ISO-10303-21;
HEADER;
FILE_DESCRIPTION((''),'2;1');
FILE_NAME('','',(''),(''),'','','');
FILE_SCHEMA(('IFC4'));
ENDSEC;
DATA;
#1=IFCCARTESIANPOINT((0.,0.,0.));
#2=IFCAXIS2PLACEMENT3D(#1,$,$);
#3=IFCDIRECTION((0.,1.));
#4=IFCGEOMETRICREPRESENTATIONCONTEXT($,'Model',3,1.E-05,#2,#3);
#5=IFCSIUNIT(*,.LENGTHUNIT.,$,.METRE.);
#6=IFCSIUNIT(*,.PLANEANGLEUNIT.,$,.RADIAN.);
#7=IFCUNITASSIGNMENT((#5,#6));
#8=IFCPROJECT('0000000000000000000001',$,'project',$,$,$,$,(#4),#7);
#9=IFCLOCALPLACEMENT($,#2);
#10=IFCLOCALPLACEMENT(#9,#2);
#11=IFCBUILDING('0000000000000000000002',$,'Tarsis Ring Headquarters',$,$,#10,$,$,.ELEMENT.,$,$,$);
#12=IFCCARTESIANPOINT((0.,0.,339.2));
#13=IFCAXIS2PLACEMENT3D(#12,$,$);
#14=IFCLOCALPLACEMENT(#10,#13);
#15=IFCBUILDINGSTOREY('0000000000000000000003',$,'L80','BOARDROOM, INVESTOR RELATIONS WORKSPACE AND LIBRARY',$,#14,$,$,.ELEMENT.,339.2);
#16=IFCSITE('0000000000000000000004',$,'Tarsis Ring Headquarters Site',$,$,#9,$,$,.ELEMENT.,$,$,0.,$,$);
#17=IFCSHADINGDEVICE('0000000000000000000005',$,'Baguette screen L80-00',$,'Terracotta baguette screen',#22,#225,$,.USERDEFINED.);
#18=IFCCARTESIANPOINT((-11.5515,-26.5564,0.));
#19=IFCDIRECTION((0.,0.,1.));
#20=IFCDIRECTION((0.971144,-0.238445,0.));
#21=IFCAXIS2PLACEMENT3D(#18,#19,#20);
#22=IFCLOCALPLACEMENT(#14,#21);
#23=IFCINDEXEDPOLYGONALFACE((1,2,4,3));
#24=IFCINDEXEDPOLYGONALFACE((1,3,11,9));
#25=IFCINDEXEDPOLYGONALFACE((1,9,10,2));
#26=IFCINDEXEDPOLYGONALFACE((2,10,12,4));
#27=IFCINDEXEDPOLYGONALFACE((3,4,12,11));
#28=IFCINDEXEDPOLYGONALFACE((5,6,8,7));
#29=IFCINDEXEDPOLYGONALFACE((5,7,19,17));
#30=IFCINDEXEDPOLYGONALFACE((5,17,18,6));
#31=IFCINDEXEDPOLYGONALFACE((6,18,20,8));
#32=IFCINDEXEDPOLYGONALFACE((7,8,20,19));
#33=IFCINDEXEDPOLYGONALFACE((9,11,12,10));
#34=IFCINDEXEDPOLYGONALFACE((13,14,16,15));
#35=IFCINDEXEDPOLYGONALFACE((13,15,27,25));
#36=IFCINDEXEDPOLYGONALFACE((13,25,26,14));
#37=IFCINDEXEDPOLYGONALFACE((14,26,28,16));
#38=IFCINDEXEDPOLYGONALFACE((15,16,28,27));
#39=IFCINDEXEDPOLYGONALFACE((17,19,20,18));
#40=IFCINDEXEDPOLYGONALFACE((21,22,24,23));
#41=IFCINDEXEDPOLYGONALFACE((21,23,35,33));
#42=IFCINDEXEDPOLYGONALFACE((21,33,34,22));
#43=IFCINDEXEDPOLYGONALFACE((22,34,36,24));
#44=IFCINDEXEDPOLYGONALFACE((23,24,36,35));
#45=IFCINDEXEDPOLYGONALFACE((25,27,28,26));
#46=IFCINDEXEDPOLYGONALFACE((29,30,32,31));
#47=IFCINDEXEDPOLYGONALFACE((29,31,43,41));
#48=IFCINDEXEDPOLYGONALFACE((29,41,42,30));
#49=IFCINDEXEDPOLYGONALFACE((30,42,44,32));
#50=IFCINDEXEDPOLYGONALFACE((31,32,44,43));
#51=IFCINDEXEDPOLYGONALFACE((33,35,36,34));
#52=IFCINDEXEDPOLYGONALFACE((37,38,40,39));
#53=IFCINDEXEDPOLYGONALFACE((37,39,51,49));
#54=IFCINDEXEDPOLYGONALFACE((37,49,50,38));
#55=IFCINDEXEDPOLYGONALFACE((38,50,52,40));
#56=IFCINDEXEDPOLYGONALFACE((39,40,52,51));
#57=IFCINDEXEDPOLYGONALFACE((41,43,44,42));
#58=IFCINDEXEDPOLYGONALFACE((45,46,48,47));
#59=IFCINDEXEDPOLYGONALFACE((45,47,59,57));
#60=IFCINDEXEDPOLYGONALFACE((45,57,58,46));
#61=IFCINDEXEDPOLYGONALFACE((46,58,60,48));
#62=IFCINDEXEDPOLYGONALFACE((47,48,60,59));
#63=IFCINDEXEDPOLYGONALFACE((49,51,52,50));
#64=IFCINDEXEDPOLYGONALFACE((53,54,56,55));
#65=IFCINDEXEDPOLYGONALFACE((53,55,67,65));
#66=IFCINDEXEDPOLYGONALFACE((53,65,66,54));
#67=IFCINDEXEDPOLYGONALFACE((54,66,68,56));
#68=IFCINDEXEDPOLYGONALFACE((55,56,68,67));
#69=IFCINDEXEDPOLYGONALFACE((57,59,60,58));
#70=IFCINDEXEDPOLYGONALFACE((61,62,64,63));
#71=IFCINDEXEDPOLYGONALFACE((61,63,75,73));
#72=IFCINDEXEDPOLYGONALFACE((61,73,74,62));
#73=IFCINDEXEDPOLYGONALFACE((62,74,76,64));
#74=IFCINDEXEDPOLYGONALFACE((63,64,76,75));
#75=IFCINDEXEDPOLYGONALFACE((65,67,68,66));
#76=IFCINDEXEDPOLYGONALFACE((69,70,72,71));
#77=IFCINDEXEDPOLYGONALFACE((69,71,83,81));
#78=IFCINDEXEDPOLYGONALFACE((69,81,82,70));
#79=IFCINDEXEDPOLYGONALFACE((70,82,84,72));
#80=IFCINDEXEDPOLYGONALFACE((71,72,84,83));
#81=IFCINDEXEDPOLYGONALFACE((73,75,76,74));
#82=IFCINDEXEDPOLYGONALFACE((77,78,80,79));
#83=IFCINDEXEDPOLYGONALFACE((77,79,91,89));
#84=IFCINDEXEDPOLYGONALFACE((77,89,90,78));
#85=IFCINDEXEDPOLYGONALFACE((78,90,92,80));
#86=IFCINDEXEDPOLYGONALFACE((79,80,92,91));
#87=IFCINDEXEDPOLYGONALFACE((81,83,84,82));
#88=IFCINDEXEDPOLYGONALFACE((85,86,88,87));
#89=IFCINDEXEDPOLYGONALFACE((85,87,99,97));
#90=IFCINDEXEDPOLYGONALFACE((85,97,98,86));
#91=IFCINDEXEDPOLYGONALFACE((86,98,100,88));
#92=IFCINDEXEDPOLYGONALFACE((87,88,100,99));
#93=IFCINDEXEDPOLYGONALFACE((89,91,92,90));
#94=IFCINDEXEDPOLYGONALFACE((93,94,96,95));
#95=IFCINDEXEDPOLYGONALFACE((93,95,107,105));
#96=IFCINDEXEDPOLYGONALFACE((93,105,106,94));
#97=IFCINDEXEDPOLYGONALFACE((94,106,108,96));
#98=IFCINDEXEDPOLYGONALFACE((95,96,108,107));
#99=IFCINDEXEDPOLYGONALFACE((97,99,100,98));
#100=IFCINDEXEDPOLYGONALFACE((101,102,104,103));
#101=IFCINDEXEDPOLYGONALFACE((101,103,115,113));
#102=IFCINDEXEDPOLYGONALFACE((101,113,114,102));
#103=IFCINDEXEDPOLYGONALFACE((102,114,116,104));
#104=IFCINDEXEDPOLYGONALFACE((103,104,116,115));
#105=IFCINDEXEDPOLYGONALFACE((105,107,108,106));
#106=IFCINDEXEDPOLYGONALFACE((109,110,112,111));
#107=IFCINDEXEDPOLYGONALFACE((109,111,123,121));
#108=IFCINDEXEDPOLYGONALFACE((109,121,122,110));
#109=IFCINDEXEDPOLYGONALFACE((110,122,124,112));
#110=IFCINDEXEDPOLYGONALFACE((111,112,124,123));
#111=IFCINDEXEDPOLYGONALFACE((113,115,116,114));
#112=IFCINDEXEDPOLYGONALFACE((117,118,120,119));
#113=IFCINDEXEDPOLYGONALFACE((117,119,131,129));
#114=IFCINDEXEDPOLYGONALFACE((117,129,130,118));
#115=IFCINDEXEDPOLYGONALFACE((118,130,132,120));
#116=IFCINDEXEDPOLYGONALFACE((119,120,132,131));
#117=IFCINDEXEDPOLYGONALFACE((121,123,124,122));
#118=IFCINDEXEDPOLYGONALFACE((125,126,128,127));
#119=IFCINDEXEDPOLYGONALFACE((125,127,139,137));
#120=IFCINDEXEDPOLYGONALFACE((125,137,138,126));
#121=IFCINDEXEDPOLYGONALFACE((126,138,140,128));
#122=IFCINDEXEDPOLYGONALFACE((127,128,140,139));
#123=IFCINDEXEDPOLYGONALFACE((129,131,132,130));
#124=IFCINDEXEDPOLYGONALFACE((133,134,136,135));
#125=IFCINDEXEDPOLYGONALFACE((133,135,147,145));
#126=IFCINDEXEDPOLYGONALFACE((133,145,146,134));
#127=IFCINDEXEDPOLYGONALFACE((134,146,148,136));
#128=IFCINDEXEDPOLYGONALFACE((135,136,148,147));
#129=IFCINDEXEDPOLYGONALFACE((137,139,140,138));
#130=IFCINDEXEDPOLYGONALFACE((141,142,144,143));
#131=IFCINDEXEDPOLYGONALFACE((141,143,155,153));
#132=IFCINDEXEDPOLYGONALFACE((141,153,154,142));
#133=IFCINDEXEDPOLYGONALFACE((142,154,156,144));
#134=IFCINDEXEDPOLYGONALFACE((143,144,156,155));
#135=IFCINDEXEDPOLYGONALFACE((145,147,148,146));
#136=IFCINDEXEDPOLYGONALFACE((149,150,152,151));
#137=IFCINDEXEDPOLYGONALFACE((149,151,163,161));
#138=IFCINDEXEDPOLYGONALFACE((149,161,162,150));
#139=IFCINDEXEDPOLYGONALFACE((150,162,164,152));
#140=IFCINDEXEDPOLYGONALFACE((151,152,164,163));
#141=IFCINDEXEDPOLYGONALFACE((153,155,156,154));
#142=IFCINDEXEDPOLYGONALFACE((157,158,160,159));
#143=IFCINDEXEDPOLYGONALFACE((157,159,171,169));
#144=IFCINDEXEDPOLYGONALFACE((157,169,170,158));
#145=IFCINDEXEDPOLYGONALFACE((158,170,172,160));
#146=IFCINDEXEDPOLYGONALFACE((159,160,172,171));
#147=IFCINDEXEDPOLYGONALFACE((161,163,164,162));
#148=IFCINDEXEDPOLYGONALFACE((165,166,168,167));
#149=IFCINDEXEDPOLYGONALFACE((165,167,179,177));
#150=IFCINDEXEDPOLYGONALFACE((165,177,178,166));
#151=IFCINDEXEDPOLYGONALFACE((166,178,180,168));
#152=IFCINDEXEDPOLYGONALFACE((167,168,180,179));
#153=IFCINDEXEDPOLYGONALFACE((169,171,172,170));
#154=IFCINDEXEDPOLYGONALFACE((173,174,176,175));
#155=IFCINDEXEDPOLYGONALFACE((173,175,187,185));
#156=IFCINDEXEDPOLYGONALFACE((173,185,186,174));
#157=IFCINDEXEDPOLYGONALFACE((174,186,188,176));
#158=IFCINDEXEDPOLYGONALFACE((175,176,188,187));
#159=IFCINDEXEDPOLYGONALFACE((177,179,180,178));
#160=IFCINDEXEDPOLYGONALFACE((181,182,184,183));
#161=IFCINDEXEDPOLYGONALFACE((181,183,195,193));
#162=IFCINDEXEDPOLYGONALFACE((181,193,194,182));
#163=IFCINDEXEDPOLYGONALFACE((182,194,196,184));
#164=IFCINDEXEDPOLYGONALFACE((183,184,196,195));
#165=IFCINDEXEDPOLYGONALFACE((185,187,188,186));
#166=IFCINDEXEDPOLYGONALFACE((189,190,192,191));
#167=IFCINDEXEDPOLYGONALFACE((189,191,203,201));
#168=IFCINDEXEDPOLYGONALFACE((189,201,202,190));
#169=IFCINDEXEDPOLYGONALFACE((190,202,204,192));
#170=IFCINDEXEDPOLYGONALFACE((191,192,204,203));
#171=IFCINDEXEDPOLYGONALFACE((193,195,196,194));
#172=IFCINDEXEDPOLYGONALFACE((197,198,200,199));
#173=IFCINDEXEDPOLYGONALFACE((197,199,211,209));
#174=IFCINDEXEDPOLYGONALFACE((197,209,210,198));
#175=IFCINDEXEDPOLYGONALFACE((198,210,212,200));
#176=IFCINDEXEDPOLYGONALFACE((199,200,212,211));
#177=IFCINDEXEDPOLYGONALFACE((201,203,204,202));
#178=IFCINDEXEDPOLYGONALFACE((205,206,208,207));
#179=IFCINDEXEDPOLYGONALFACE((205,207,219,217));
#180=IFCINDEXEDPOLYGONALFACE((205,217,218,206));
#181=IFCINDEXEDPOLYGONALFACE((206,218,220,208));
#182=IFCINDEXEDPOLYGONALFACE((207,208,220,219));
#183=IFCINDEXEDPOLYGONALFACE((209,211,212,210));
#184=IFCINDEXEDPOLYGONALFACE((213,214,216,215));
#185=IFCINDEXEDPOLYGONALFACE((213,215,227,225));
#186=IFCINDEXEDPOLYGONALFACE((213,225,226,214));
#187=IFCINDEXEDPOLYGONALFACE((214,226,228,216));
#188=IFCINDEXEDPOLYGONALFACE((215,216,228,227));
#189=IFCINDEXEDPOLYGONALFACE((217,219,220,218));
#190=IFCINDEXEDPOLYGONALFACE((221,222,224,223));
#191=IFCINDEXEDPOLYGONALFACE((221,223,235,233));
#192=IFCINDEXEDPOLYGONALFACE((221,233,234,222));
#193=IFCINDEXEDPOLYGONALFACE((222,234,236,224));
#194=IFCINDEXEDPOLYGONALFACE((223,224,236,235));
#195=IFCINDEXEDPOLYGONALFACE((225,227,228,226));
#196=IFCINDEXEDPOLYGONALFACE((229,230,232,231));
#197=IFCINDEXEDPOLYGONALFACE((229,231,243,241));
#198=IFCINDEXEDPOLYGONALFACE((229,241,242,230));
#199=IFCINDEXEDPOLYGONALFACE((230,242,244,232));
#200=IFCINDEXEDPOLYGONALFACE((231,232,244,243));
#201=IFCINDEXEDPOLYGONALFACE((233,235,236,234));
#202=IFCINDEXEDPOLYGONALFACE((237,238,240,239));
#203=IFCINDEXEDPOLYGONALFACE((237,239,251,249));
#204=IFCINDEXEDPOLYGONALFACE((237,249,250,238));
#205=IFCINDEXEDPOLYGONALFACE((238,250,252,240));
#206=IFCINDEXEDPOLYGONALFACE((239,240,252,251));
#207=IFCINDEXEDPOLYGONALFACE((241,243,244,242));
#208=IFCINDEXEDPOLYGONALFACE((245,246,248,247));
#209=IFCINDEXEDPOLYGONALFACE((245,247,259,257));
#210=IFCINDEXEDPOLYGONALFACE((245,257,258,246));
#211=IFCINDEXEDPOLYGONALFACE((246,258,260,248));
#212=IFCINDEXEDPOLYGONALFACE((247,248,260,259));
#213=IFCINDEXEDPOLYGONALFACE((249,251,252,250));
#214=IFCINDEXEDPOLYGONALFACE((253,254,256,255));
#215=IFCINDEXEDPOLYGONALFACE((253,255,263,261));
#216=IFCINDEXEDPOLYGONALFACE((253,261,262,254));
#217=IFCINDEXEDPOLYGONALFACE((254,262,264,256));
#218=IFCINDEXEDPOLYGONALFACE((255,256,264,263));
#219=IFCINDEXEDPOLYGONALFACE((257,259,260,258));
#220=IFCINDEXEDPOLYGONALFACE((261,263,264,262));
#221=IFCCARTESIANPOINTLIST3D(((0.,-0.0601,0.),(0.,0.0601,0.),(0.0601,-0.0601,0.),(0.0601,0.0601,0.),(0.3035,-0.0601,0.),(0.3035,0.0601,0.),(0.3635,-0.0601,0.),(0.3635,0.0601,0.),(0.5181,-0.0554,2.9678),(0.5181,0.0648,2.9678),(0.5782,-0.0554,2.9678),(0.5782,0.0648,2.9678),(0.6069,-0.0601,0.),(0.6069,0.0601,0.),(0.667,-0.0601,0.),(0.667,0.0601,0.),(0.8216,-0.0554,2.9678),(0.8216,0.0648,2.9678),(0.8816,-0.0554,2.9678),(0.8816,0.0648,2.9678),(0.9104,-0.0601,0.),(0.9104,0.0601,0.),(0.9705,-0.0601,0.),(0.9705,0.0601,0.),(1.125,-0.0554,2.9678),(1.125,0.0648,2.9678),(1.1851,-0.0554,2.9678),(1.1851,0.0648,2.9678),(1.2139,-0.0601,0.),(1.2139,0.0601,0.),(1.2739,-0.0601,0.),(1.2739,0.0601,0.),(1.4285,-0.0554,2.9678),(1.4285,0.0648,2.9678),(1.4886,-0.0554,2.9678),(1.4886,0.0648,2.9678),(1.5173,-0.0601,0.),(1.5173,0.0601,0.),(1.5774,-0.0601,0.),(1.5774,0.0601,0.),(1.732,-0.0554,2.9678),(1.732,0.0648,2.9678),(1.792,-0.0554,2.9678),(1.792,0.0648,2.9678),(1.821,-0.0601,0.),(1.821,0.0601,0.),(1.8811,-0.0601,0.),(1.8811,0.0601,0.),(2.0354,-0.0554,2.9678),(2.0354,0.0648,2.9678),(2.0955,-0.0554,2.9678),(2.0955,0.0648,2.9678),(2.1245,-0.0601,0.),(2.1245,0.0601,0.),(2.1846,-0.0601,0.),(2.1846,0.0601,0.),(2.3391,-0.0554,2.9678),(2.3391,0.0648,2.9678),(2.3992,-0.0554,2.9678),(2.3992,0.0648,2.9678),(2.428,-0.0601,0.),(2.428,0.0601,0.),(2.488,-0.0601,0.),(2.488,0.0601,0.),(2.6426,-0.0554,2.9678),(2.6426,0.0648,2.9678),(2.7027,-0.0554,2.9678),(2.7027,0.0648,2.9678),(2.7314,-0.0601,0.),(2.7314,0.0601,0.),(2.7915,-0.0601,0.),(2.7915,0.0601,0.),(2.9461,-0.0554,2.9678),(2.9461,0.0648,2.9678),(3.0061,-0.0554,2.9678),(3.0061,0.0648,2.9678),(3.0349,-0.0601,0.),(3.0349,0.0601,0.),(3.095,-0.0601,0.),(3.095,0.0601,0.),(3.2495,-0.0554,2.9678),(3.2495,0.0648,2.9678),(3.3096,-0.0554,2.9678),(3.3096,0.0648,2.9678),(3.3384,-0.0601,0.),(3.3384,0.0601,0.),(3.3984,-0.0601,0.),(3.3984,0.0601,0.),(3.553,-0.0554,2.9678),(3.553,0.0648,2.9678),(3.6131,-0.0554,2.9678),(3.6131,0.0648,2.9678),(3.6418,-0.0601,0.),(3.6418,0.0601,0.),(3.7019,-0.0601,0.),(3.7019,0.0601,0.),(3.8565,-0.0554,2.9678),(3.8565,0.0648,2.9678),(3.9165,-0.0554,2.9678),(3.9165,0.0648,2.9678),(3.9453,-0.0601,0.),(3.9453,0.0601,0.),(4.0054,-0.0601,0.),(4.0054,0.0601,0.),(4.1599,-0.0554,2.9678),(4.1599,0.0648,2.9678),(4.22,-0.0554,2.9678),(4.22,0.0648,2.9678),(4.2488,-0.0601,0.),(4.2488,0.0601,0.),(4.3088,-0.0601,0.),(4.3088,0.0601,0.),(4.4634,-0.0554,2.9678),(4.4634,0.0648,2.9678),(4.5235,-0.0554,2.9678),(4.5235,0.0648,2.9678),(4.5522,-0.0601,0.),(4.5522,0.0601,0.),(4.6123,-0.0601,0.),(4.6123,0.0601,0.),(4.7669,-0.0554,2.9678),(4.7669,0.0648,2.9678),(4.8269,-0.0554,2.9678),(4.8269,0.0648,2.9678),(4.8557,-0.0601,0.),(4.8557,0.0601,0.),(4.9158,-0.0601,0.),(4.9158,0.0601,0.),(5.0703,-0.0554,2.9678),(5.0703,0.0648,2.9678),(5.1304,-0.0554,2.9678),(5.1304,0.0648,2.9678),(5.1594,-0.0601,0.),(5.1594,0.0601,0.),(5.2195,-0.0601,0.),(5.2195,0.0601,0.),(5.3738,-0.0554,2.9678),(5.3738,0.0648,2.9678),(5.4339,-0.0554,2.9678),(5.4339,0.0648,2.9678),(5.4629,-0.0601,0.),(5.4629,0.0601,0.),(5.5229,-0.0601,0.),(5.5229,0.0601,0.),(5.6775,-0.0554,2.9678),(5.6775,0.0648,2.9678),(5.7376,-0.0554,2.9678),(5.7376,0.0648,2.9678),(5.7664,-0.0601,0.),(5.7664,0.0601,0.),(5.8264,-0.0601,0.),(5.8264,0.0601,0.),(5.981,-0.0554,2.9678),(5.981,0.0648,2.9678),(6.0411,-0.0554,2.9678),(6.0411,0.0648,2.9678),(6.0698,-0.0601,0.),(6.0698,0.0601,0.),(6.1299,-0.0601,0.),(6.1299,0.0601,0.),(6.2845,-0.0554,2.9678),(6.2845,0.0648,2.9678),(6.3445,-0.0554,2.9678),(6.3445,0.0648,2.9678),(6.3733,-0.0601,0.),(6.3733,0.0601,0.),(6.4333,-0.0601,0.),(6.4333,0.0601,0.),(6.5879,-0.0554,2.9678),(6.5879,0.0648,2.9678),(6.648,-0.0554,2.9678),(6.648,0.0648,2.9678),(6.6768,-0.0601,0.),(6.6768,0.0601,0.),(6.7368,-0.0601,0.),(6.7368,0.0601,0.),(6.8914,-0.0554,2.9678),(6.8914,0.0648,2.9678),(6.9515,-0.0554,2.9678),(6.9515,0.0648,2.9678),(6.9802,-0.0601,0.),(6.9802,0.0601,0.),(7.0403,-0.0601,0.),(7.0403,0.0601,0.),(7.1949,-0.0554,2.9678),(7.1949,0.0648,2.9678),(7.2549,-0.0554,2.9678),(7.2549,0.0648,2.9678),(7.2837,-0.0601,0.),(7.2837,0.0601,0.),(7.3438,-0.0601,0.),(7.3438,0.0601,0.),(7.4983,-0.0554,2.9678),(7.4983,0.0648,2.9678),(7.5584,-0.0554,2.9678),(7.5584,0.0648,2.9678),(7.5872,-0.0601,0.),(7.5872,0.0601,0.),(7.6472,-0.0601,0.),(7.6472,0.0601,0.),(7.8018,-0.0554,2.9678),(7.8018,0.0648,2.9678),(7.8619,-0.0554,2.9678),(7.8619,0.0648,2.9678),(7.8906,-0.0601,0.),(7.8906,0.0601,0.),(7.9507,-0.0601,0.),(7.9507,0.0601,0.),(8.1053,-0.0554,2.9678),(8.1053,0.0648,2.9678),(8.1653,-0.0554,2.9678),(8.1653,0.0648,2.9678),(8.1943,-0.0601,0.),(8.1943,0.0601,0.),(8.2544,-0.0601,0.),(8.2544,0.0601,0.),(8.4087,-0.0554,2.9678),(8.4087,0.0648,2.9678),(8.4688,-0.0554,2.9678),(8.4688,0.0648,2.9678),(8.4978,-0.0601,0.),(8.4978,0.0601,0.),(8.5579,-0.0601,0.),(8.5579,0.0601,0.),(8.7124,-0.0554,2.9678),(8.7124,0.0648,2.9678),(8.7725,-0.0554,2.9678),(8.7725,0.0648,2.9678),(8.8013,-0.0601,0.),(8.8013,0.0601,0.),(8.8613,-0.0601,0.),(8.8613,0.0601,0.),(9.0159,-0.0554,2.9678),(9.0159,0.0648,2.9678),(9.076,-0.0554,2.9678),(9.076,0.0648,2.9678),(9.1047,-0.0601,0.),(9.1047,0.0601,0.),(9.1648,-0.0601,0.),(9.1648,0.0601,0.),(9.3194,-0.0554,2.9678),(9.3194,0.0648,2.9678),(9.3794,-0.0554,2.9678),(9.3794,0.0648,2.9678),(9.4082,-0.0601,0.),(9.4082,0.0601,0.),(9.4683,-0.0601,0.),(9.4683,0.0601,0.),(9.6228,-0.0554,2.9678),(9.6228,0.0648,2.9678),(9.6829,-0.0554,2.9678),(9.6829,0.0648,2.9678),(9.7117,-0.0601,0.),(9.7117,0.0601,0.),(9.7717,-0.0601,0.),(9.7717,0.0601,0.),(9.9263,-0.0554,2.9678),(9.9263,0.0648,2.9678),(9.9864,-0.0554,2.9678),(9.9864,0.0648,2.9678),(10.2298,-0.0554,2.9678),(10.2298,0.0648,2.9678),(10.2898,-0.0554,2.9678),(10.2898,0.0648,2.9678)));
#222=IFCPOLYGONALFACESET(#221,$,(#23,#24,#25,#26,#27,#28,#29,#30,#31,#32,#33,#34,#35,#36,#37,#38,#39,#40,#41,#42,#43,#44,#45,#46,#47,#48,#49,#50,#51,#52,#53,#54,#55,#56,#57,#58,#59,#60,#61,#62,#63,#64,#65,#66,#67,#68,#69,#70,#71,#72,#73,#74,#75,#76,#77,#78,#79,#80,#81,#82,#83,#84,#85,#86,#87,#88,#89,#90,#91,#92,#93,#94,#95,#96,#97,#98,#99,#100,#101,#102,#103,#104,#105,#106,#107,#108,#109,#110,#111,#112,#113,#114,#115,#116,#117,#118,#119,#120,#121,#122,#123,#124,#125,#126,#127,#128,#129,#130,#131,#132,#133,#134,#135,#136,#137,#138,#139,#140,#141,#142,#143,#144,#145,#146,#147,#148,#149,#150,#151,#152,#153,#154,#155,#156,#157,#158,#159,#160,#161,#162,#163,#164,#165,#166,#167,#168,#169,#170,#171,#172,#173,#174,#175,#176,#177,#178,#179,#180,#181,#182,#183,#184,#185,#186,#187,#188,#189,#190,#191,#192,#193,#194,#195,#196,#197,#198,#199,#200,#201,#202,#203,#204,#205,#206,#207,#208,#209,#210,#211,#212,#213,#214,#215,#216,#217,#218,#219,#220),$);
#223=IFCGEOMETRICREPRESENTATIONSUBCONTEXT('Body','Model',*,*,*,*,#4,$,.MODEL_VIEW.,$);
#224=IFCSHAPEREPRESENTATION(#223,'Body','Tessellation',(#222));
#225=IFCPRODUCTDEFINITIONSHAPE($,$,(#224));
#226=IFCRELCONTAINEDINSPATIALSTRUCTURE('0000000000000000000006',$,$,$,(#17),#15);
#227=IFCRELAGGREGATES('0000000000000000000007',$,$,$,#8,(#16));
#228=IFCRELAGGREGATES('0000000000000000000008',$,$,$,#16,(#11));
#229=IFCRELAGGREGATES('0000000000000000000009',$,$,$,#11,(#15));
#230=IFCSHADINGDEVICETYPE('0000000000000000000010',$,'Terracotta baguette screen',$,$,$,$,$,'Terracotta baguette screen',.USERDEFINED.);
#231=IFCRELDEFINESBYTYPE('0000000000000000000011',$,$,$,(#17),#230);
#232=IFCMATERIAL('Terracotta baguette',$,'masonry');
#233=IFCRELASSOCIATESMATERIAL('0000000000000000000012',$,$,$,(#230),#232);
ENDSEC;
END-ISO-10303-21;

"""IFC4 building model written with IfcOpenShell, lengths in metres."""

from ifc_helpers import new_model, si_unit, direction, frame, frame_2d, origin, place, context, subcontext, project, spatial, rectangle, composite_profile, extrude, material, type_object, element, save


model = new_model("IFC4")

# Units and contexts
model_context = context("Model", 3, precision=1e-05, world=origin(), true_north=direction((0.0, 1.0)))
body_context = subcontext(model_context, "Body", "Model", "MODEL_VIEW")
ifc_project = project(units=[si_unit("LENGTHUNIT", "METRE"), si_unit("PLANEANGLEUNIT", "RADIAN")], contexts=[model_context])

# Site, building, storey
site_placement = place(None, origin())
site = spatial("IfcSite", under=ifc_project, at=site_placement, Name="Tarsis Ring Headquarters Site", CompositionType="ELEMENT", RefElevation=0.0)
building_placement = place(site_placement, origin())
building = spatial("IfcBuilding", under=site, at=building_placement, Name="Tarsis Ring Headquarters", CompositionType="ELEMENT")
storey_placement = place(building_placement, frame((0.0, 0.0, 339.2)))
storey = spatial("IfcBuildingStorey", under=building, at=storey_placement, Name="L80", Description="BOARDROOM, INVESTOR RELATIONS WORKSPACE AND LIBRARY", CompositionType="ELEMENT", Elevation=339.2)

# Shading device
ifc_material_1 = material(Name="Terracotta baguette", Category="masonry")
shading_device_type = type_object("IfcShadingDeviceType", Name="Terracotta baguette screen", ElementType="Terracotta baguette screen", PredefinedType="USERDEFINED", material=ifc_material_1)
shading_device_1_placement = place(storey_placement, frame((-11.5515, -26.5564, 0.0), z_axis=(0.0, 0.0, 1.0), x_axis=(0.971144, -0.238445, 0.0)))
element("IfcShadingDevice", 1, at=shading_device_1_placement, inside=storey, type_object=shading_device_type, Name="Baguette screen L80-00", ObjectType="Terracotta baguette screen", PredefinedType="USERDEFINED", context=body_context, shape_type="SweptSolid", body=[
    extrude(composite_profile([rectangle(XDim=0.0601, YDim=0.1201, at=frame_2d((0.03, 0.0))), rectangle(XDim=0.0601, YDim=0.1201, at=frame_2d((0.3335, 0.0))), rectangle(XDim=0.0601, YDim=0.1201, at=frame_2d((0.637, 0.0))), rectangle(XDim=0.0601, YDim=0.1201, at=frame_2d((0.9404, 0.0))), rectangle(XDim=0.0601, YDim=0.1201, at=frame_2d((1.2439, 0.0))), rectangle(XDim=0.0601, YDim=0.1201, at=frame_2d((1.5474, 0.0))), rectangle(XDim=0.0601, YDim=0.1201, at=frame_2d((1.8511, 0.0))), rectangle(XDim=0.0601, YDim=0.1201, at=frame_2d((2.1545, 0.0))), rectangle(XDim=0.0601, YDim=0.1201, at=frame_2d((2.458, 0.0))), rectangle(XDim=0.0601, YDim=0.1201, at=frame_2d((2.7615, 0.0))), rectangle(XDim=0.0601, YDim=0.1201, at=frame_2d((3.0649, 0.0))), rectangle(XDim=0.0601, YDim=0.1201, at=frame_2d((3.3684, 0.0))), rectangle(XDim=0.0601, YDim=0.1201, at=frame_2d((3.6719, 0.0))), rectangle(XDim=0.0601, YDim=0.1201, at=frame_2d((3.9753, 0.0))), rectangle(XDim=0.0601, YDim=0.1201, at=frame_2d((4.2788, 0.0))), rectangle(XDim=0.0601, YDim=0.1201, at=frame_2d((4.5823, 0.0))), rectangle(XDim=0.0601, YDim=0.1201, at=frame_2d((4.8857, 0.0))), rectangle(XDim=0.0601, YDim=0.1201, at=frame_2d((5.1895, 0.0))), rectangle(XDim=0.0601, YDim=0.1201, at=frame_2d((5.4929, 0.0))), rectangle(XDim=0.0601, YDim=0.1201, at=frame_2d((5.7964, 0.0))), rectangle(XDim=0.0601, YDim=0.1201, at=frame_2d((6.0999, 0.0))), rectangle(XDim=0.0601, YDim=0.1201, at=frame_2d((6.4033, 0.0))), rectangle(XDim=0.0601, YDim=0.1201, at=frame_2d((6.7068, 0.0))), rectangle(XDim=0.0601, YDim=0.1201, at=frame_2d((7.0103, 0.0))), rectangle(XDim=0.0601, YDim=0.1201, at=frame_2d((7.3137, 0.0))), rectangle(XDim=0.0601, YDim=0.1201, at=frame_2d((7.6172, 0.0))), rectangle(XDim=0.0601, YDim=0.1201, at=frame_2d((7.9207, 0.0))), rectangle(XDim=0.0601, YDim=0.1201, at=frame_2d((8.2244, 0.0))), rectangle(XDim=0.0601, YDim=0.1201, at=frame_2d((8.5278, 0.0))), rectangle(XDim=0.0601, YDim=0.1201, at=frame_2d((8.8313, 0.0))), rectangle(XDim=0.0601, YDim=0.1201, at=frame_2d((9.1348, 0.0))), rectangle(XDim=0.0601, YDim=0.1201, at=frame_2d((9.4382, 0.0))), rectangle(XDim=0.0601, YDim=0.1201, at=frame_2d((9.7417, 0.0)))]), origin(), (0.171973, 0.00156, 0.9851), 3.0127),
])

save(model, "model.ifc")
